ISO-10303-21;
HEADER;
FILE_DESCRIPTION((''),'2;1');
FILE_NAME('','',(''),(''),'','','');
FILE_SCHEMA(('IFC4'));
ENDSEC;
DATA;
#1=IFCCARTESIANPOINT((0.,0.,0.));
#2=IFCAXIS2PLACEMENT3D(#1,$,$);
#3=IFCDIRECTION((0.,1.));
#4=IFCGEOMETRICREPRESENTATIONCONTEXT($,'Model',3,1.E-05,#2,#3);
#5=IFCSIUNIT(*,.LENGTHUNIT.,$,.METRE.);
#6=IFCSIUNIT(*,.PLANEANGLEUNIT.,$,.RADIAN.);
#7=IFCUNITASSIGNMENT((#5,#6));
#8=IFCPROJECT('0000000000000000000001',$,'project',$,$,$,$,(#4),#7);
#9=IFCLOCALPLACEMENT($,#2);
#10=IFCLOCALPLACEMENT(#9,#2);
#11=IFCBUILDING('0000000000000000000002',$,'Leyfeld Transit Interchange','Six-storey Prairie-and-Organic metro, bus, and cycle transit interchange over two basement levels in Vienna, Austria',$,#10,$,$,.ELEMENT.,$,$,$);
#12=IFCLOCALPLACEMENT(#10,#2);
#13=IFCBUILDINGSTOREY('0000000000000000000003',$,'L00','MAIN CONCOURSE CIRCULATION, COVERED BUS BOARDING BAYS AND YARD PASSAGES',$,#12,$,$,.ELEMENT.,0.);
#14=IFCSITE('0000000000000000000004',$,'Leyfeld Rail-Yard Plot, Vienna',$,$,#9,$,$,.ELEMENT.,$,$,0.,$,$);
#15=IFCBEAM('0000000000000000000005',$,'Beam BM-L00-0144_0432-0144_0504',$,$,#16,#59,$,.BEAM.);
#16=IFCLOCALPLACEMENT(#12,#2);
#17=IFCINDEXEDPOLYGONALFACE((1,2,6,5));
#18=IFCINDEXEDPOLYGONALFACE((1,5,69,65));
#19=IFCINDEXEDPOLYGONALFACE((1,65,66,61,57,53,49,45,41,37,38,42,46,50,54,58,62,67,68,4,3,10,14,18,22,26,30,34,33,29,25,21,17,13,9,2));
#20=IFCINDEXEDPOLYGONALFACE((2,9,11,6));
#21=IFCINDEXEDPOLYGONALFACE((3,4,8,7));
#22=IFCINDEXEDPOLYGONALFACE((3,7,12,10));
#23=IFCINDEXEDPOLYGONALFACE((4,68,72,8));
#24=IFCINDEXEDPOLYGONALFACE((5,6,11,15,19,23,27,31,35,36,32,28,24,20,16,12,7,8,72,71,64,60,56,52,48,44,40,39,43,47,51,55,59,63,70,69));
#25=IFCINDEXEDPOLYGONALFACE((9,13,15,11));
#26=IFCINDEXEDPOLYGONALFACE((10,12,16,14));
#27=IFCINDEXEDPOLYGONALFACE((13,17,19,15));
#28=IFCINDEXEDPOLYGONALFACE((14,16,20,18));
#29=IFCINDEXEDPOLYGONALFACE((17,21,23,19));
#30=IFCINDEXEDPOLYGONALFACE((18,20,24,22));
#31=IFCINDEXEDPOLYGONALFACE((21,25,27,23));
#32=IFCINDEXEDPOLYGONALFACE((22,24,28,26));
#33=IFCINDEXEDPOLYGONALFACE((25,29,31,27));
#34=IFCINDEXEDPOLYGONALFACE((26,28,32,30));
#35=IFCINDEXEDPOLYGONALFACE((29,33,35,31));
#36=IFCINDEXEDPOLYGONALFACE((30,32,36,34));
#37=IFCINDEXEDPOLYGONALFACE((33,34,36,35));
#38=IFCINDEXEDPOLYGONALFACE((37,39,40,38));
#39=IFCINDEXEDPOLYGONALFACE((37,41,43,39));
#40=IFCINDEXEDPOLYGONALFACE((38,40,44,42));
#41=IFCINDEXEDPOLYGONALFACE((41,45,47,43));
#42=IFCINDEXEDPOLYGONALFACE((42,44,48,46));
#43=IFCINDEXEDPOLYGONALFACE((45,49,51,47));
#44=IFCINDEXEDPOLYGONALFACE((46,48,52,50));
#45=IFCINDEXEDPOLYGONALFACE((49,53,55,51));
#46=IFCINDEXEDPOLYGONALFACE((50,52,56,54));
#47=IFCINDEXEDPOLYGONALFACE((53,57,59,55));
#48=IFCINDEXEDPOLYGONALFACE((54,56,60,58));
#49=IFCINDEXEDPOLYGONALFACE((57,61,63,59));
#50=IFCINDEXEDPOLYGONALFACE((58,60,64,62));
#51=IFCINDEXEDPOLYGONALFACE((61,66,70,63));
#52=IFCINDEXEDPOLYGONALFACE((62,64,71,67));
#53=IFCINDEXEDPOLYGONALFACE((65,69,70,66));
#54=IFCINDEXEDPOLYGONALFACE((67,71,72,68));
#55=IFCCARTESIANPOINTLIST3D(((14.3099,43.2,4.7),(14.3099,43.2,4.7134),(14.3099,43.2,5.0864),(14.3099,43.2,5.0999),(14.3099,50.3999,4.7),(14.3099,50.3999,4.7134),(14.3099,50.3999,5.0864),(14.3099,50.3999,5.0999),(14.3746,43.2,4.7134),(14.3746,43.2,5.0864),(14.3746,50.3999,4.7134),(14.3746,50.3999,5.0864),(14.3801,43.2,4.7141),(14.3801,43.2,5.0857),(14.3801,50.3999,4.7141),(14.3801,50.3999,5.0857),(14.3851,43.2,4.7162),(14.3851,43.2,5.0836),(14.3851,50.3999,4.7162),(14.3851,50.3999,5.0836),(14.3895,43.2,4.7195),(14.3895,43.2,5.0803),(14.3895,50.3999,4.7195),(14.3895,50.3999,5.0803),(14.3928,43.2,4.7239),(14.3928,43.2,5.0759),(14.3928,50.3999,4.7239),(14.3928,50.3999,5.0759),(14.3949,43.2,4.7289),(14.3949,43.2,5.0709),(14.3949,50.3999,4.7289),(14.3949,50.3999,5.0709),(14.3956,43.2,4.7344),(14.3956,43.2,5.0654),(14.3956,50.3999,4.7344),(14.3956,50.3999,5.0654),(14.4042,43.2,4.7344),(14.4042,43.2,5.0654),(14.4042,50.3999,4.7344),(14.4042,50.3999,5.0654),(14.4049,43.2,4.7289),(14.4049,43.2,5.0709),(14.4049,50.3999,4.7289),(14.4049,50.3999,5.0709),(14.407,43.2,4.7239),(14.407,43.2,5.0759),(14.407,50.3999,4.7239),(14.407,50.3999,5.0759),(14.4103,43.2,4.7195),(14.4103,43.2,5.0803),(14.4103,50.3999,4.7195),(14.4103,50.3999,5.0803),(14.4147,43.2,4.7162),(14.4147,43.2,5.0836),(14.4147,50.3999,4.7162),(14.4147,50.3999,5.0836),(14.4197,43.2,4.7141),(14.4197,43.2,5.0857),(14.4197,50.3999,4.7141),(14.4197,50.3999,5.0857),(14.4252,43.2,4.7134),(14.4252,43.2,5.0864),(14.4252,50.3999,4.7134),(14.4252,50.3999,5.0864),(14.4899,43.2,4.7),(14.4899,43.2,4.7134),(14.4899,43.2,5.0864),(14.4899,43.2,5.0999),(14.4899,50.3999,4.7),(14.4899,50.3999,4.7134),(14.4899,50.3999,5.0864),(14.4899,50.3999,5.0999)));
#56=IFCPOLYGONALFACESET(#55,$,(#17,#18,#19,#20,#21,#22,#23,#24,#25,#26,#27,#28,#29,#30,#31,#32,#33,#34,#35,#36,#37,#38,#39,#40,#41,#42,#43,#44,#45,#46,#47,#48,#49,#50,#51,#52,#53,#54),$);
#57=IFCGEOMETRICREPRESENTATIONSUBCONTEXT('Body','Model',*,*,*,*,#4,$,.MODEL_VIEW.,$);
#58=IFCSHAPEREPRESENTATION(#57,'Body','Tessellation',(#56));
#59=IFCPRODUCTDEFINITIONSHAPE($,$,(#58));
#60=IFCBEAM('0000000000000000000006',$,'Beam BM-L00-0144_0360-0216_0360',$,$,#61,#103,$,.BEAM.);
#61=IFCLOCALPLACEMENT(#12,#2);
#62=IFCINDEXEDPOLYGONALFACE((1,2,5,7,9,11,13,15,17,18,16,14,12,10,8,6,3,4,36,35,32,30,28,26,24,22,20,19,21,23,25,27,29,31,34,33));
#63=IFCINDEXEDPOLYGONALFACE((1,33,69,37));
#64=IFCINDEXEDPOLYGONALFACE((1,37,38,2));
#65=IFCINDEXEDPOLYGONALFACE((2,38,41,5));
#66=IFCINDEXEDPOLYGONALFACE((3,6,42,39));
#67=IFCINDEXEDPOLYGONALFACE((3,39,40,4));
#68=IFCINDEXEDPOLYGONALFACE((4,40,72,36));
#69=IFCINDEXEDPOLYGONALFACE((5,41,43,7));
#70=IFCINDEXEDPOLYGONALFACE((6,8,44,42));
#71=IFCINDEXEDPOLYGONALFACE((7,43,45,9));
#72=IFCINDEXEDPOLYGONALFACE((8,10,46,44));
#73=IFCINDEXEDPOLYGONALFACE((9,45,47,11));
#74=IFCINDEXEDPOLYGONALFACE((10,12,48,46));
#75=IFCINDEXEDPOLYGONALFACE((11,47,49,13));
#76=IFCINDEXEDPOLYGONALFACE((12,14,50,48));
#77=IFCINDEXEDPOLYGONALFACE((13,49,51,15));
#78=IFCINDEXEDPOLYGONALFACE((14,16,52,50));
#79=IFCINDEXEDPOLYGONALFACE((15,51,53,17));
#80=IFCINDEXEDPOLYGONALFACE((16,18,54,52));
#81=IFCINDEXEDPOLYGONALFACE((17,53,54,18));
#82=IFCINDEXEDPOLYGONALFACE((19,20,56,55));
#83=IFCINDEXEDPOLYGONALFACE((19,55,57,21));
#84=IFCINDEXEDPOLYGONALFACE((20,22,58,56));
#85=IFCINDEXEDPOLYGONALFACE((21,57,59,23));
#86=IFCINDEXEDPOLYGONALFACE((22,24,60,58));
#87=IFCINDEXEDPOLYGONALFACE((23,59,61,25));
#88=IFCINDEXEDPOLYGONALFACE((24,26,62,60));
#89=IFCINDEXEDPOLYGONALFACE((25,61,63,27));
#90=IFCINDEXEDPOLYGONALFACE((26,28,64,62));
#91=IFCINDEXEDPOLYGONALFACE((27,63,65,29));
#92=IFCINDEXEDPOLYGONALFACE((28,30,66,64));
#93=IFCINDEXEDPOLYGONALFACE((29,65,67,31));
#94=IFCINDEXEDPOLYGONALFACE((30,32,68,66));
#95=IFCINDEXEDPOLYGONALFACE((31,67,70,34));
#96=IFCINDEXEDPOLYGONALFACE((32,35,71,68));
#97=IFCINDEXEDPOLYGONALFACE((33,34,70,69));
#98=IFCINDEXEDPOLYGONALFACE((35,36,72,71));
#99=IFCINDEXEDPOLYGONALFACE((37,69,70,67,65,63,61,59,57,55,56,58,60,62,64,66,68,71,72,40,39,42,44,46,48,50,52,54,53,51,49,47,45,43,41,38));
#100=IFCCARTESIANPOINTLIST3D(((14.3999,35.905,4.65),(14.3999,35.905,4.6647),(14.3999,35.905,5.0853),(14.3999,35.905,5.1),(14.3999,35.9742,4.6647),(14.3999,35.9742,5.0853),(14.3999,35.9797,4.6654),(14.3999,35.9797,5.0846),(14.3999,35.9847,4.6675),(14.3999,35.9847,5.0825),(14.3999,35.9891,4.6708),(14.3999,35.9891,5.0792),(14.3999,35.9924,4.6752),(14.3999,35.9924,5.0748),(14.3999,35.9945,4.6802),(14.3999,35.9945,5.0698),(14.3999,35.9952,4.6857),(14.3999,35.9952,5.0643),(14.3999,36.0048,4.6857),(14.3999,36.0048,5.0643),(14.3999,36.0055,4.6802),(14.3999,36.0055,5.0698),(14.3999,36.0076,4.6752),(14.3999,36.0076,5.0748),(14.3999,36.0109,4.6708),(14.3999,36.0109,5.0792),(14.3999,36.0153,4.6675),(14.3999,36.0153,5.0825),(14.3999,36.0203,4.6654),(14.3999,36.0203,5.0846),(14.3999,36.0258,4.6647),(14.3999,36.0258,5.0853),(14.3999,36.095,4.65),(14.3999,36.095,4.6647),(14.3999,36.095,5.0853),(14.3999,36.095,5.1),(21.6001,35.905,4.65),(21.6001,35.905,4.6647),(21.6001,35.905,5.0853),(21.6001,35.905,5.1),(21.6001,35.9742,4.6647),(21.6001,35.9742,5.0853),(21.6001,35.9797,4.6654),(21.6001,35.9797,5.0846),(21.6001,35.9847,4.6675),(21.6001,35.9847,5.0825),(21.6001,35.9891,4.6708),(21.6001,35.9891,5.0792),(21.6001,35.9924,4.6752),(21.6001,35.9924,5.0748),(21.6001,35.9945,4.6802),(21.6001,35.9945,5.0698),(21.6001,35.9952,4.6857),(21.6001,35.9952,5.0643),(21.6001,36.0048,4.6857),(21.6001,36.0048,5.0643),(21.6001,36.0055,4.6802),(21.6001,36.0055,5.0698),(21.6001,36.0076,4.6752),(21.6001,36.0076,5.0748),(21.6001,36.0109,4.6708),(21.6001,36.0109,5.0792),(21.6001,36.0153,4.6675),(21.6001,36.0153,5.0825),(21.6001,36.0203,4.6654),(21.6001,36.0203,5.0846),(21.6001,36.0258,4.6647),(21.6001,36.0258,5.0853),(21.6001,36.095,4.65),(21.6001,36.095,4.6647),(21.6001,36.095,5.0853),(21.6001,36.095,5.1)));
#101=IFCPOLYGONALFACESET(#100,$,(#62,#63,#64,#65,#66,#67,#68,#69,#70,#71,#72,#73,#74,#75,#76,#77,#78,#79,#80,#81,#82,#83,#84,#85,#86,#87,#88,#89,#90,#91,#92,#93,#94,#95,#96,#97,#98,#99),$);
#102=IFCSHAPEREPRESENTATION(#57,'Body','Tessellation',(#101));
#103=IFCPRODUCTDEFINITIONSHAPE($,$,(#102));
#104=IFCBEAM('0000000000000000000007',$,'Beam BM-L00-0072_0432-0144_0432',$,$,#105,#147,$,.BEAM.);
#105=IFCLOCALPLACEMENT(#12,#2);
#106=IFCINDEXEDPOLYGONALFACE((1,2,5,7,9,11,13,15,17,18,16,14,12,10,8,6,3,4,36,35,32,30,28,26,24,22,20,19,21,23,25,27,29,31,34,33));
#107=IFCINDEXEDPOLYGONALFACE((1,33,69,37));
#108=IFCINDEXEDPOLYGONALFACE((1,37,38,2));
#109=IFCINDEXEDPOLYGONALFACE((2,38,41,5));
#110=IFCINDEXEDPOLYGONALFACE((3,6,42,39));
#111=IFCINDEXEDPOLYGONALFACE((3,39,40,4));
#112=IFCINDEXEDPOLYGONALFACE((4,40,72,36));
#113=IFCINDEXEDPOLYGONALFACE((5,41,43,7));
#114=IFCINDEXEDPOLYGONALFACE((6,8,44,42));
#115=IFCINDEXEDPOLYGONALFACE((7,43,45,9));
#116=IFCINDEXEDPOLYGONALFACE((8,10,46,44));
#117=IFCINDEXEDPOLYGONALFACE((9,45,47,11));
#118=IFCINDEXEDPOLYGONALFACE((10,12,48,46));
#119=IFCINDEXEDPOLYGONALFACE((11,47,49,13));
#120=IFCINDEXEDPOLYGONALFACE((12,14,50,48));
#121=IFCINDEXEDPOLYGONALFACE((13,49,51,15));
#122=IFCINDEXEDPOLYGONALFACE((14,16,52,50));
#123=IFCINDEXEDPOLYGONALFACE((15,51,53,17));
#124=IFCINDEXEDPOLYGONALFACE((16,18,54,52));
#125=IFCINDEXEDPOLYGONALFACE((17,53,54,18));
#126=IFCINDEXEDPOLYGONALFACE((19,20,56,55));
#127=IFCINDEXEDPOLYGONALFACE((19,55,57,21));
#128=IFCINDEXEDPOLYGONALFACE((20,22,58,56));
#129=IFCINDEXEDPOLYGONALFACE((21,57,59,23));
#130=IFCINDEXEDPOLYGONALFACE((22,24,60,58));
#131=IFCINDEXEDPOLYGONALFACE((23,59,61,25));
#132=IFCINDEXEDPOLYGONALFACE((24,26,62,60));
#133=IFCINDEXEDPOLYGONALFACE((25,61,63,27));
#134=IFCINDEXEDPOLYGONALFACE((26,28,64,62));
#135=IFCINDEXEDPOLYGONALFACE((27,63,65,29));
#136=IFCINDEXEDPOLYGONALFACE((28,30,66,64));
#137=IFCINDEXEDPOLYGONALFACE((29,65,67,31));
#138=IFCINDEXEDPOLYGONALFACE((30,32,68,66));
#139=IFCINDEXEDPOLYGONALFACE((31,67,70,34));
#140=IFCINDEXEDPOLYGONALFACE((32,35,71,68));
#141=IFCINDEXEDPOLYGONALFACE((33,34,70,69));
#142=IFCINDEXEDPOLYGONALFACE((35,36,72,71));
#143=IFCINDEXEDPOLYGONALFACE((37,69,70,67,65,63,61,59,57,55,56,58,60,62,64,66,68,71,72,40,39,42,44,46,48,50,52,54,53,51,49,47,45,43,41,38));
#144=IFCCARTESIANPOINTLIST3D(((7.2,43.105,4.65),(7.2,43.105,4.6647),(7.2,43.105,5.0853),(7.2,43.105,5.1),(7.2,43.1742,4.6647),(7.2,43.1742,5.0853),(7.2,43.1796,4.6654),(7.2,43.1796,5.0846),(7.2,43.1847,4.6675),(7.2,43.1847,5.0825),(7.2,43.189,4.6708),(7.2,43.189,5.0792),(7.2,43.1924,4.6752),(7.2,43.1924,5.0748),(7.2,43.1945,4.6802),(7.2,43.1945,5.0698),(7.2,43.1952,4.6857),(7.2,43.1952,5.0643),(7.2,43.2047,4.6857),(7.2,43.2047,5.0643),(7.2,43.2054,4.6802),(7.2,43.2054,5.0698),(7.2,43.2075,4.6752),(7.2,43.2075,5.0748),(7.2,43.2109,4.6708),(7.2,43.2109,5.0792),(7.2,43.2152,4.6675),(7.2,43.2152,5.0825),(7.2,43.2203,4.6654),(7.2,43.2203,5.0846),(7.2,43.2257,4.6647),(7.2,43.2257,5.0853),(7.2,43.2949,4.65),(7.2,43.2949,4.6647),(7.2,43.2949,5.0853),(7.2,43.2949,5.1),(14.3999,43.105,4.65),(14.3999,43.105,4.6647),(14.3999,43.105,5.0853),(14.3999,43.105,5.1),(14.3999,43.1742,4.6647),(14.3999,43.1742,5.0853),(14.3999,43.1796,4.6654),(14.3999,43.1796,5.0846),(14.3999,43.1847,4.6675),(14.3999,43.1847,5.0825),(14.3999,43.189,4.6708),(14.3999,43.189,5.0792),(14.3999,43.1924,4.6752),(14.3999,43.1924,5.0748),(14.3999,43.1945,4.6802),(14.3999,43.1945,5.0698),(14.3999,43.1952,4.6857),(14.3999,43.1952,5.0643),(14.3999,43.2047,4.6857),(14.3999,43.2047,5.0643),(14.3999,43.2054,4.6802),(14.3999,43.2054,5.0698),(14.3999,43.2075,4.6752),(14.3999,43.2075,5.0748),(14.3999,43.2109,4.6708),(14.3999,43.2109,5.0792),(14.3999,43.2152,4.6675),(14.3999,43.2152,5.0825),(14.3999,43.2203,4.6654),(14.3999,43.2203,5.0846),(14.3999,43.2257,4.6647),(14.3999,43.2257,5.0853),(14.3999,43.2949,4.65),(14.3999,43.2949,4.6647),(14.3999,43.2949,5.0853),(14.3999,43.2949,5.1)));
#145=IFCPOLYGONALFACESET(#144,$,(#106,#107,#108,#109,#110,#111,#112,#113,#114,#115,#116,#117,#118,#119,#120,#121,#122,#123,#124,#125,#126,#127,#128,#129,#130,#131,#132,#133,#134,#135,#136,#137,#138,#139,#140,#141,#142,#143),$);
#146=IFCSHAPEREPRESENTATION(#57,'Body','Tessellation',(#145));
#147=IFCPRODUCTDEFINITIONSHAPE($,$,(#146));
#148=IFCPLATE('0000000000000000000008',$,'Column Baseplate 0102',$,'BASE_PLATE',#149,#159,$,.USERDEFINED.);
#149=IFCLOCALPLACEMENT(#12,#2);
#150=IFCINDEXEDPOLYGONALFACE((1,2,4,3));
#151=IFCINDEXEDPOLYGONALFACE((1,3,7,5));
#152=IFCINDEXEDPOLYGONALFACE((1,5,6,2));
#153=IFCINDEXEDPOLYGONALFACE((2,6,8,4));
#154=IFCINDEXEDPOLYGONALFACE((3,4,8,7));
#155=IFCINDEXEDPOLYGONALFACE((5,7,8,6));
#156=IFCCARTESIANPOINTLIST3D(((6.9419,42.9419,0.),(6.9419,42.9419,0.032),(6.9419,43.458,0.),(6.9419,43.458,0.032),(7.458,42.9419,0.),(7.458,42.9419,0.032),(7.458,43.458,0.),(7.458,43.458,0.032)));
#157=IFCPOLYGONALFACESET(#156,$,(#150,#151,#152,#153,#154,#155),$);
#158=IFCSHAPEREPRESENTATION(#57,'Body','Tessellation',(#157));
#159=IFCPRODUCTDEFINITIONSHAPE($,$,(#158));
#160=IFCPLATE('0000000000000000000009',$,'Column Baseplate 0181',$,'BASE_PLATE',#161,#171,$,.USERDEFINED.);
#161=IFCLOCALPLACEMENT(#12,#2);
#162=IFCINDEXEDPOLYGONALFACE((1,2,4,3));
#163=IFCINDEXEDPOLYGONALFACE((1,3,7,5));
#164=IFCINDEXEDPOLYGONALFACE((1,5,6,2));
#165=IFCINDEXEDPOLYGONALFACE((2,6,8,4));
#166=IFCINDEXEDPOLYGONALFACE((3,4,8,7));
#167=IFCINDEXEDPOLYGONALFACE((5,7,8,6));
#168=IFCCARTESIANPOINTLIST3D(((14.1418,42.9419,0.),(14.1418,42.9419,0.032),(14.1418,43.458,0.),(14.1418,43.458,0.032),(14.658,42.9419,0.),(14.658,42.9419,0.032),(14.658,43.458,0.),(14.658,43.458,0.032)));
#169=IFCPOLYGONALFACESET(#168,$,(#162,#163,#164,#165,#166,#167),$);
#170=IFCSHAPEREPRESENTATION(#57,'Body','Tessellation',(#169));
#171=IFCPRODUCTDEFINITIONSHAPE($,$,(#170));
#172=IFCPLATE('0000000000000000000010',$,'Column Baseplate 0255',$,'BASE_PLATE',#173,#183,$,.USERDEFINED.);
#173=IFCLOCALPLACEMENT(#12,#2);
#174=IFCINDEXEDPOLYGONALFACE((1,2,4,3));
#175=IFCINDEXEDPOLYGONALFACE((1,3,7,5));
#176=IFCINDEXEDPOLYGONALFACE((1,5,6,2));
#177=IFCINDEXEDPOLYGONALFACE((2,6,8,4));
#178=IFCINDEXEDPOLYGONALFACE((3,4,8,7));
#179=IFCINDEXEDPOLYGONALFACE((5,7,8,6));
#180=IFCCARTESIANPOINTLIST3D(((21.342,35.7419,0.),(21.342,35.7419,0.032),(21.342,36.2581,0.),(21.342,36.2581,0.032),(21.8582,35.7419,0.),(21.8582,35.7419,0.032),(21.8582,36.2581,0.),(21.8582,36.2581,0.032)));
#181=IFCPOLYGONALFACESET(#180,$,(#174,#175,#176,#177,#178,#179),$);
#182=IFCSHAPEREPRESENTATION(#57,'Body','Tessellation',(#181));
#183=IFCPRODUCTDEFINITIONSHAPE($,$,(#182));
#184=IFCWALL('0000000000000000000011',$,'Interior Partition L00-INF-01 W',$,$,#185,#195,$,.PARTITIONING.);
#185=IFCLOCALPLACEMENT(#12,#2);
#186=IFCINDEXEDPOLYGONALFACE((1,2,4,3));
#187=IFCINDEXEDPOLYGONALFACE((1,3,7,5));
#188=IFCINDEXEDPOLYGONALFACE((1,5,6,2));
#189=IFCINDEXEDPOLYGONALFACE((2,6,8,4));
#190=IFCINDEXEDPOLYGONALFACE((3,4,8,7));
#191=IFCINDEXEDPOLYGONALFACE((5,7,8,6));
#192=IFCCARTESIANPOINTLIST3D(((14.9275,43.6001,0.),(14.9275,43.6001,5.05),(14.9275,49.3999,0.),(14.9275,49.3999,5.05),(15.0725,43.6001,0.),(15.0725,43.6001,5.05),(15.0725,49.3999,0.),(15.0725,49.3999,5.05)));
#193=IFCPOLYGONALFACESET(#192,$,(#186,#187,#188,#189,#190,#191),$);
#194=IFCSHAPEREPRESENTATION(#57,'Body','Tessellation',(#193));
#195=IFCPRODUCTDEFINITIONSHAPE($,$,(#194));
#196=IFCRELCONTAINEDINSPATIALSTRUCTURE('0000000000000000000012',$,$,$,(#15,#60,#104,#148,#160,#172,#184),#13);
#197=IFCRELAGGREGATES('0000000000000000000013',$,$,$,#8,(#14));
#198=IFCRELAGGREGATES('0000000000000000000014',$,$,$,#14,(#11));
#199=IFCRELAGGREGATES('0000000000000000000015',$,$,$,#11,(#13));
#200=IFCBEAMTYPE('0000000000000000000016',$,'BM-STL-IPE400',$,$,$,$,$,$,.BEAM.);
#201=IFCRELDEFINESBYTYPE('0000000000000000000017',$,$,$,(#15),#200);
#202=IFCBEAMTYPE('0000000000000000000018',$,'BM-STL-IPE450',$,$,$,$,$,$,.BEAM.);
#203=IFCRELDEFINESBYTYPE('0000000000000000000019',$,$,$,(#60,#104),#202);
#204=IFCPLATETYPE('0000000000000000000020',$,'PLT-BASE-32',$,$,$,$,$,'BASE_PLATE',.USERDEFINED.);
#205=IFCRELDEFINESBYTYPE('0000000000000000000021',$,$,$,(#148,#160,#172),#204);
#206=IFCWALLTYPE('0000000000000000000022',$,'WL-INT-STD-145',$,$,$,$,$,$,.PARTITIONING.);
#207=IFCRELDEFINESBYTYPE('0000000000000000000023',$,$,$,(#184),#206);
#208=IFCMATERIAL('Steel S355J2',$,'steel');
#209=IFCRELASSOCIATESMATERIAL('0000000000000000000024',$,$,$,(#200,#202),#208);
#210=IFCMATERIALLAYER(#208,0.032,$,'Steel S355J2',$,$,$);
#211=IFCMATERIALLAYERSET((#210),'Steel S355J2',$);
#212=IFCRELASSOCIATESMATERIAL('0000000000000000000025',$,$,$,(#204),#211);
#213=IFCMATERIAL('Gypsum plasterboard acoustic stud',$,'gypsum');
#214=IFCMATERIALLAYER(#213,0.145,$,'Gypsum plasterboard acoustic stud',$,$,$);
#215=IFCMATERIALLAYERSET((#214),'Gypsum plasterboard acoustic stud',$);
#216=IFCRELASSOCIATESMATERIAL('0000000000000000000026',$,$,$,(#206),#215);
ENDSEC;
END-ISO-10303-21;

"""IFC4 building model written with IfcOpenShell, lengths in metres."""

from ifc_helpers import new_model, si_unit, direction, frame, frame_2d, origin, origin_2d, place, context, subcontext, project, spatial, rectangle, i_section, extrude, material, layer, layer_set, material_profile, profile_set, type_object, element, save


model = new_model("IFC4")

# Units and contexts
model_context = context("Model", 3, precision=1e-05, world=origin(), true_north=direction((0.0, 1.0)))
body_context = subcontext(model_context, "Body", "Model", "MODEL_VIEW")
ifc_project = project(units=[si_unit("LENGTHUNIT", "METRE"), si_unit("PLANEANGLEUNIT", "RADIAN")], contexts=[model_context])

# Site, building, storey
site_placement = place(None, origin())
site = spatial("IfcSite", under=ifc_project, at=site_placement, Name="Leyfeld Rail-Yard Plot, Vienna", CompositionType="ELEMENT", RefElevation=0.0)
building_placement = place(site_placement, origin())
building = spatial("IfcBuilding", under=site, at=building_placement, Name="Leyfeld Transit Interchange", Description="Six-storey Prairie-and-Organic metro, bus, and cycle transit interchange over two basement levels in Vienna, Austria", CompositionType="ELEMENT")
storey_placement = place(building_placement, origin())
storey = spatial("IfcBuildingStorey", under=building, at=storey_placement, Name="L00", Description="MAIN CONCOURSE CIRCULATION, COVERED BUS BOARDING BAYS AND YARD PASSAGES", CompositionType="ELEMENT", Elevation=0.0)

# Shared definitions
ifc_material_1 = material(Name="Steel S355J2", Category="steel")

# Beams
ifc_material_profile_1 = material_profile(ifc_material_1, i_section(OverallWidth=0.1799, OverallDepth=0.3999, WebThickness=0.0085, FlangeThickness=0.0134, FilletRadius=0.021, at=origin_2d()), Name="IPE 400")
ifc_profile_set_1 = profile_set([ifc_material_profile_1], Name="Steel S355J2")
beam_type_1 = type_object("IfcBeamType", Name="BM-STL-IPE400", PredefinedType="BEAM", material=ifc_profile_set_1)
for number, where, z_axis, x_axis, name in (
    (1, (14.3999, 43.2, 4.8999), (0.0, 1.0, 0.0), (-1.0, 0.0, 0.0), "Beam BM-L00-0144_0432-0144_0504"),
):
    element("IfcBeam", number, at=place(storey_placement, frame(where, z_axis=z_axis, x_axis=x_axis)), inside=storey, type_object=beam_type_1, Name=name, PredefinedType="BEAM", context=body_context, shape_type="SweptSolid", body=[
        extrude(i_section(OverallWidth=0.1799, OverallDepth=0.3999, WebThickness=0.0085, FlangeThickness=0.0134, FilletRadius=0.021, at=origin_2d()), origin(), (0.0, 0.0, 1.0), 7.2),
    ])
ifc_material_profile_2 = material_profile(ifc_material_1, i_section(OverallWidth=0.1899, OverallDepth=0.45, WebThickness=0.0095, FlangeThickness=0.0146, FilletRadius=0.021, at=origin_2d()), Name="IPE 450")
ifc_profile_set_2 = profile_set([ifc_material_profile_2], Name="Steel S355J2")
beam_type_2 = type_object("IfcBeamType", Name="BM-STL-IPE450", PredefinedType="BEAM", material=ifc_profile_set_2)
beam_1_placement = place(storey_placement, frame((14.3999, 36.0, 4.875), z_axis=(1.0, 0.0, 0.0), x_axis=(0.0, 1.0, 0.0)))
element("IfcBeam", 2, at=beam_1_placement, inside=storey, type_object=beam_type_2, Name="Beam BM-L00-0144_0360-0216_0360", PredefinedType="BEAM", context=body_context, shape_type="SweptSolid", body=[
    extrude(i_section(OverallWidth=0.1899, OverallDepth=0.45, WebThickness=0.0095, FlangeThickness=0.0146, FilletRadius=0.021, at=origin_2d()), origin(), (0.0, 0.0, 1.0), 7.2002),
])
beam_2_placement = place(storey_placement, frame((7.2, 43.2, 4.875), z_axis=(1.0, 0.0, 0.0), x_axis=(0.0, 1.0, 0.0)))
element("IfcBeam", 3, at=beam_2_placement, inside=storey, type_object=beam_type_2, Name="Beam BM-L00-0072_0432-0144_0432", PredefinedType="BEAM", context=body_context, shape_type="SweptSolid", body=[
    extrude(i_section(OverallWidth=0.1899, OverallDepth=0.45, WebThickness=0.0095, FlangeThickness=0.0146, FilletRadius=0.021, at=origin_2d()), origin(), (0.0, 0.0, 1.0), 7.2),
])

# Plates
ifc_layer_1 = layer(ifc_material_1, 0.032, Name="Steel S355J2")
ifc_layer_set_1 = layer_set([ifc_layer_1], Name="Steel S355J2")
plate_type = type_object("IfcPlateType", Name="PLT-BASE-32", ElementType="BASE_PLATE", PredefinedType="USERDEFINED", material=ifc_layer_set_1)
for number, where, z_axis, x_axis, name in (
    (4, (7.2, 43.2, 0.0), (0.0, 0.0, 1.0), (1.0, 0.0, 0.0), "Column Baseplate 0102"),
    (5, (14.3999, 43.2, 0.0), (0.0, 0.0, 1.0), (1.0, 0.0, 0.0), "Column Baseplate 0181"),
    (6, (21.6001, 36.0, 0.0), (0.0, 0.0, 1.0), (1.0, 0.0, 0.0), "Column Baseplate 0255"),
):
    element("IfcPlate", number, at=place(storey_placement, frame(where, z_axis=z_axis, x_axis=x_axis)), inside=storey, type_object=plate_type, Name=name, ObjectType="BASE_PLATE", PredefinedType="USERDEFINED", context=body_context, shape_type="SweptSolid", body=[
        extrude(rectangle(XDim=0.5161, YDim=0.5161, at=origin_2d()), origin(), (0.0, 0.0, 1.0), 0.032),
    ])

# Wall
ifc_material_2 = material(Name="Gypsum plasterboard acoustic stud", Category="gypsum")
ifc_layer_2 = layer(ifc_material_2, 0.145, Name="Gypsum plasterboard acoustic stud")
ifc_layer_set_2 = layer_set([ifc_layer_2], Name="Gypsum plasterboard acoustic stud")
wall_type = type_object("IfcWallType", Name="WL-INT-STD-145", PredefinedType="PARTITIONING", material=ifc_layer_set_2)
wall_placement = place(storey_placement, frame((15.0, 43.6001, 0.0), z_axis=(0.0, 0.0, 1.0), x_axis=(0.0, 1.0, 0.0)))
element("IfcWall", 7, at=wall_placement, inside=storey, type_object=wall_type, Name="Interior Partition L00-INF-01 W", PredefinedType="PARTITIONING", context=body_context, shape_type="SweptSolid", body=[
    extrude(rectangle(XDim=5.7998, YDim=0.145, at=frame_2d((2.8999, 0.0))), origin(), (0.0, 0.0, 1.0), 5.05),
])

save(model, "model.ifc")
